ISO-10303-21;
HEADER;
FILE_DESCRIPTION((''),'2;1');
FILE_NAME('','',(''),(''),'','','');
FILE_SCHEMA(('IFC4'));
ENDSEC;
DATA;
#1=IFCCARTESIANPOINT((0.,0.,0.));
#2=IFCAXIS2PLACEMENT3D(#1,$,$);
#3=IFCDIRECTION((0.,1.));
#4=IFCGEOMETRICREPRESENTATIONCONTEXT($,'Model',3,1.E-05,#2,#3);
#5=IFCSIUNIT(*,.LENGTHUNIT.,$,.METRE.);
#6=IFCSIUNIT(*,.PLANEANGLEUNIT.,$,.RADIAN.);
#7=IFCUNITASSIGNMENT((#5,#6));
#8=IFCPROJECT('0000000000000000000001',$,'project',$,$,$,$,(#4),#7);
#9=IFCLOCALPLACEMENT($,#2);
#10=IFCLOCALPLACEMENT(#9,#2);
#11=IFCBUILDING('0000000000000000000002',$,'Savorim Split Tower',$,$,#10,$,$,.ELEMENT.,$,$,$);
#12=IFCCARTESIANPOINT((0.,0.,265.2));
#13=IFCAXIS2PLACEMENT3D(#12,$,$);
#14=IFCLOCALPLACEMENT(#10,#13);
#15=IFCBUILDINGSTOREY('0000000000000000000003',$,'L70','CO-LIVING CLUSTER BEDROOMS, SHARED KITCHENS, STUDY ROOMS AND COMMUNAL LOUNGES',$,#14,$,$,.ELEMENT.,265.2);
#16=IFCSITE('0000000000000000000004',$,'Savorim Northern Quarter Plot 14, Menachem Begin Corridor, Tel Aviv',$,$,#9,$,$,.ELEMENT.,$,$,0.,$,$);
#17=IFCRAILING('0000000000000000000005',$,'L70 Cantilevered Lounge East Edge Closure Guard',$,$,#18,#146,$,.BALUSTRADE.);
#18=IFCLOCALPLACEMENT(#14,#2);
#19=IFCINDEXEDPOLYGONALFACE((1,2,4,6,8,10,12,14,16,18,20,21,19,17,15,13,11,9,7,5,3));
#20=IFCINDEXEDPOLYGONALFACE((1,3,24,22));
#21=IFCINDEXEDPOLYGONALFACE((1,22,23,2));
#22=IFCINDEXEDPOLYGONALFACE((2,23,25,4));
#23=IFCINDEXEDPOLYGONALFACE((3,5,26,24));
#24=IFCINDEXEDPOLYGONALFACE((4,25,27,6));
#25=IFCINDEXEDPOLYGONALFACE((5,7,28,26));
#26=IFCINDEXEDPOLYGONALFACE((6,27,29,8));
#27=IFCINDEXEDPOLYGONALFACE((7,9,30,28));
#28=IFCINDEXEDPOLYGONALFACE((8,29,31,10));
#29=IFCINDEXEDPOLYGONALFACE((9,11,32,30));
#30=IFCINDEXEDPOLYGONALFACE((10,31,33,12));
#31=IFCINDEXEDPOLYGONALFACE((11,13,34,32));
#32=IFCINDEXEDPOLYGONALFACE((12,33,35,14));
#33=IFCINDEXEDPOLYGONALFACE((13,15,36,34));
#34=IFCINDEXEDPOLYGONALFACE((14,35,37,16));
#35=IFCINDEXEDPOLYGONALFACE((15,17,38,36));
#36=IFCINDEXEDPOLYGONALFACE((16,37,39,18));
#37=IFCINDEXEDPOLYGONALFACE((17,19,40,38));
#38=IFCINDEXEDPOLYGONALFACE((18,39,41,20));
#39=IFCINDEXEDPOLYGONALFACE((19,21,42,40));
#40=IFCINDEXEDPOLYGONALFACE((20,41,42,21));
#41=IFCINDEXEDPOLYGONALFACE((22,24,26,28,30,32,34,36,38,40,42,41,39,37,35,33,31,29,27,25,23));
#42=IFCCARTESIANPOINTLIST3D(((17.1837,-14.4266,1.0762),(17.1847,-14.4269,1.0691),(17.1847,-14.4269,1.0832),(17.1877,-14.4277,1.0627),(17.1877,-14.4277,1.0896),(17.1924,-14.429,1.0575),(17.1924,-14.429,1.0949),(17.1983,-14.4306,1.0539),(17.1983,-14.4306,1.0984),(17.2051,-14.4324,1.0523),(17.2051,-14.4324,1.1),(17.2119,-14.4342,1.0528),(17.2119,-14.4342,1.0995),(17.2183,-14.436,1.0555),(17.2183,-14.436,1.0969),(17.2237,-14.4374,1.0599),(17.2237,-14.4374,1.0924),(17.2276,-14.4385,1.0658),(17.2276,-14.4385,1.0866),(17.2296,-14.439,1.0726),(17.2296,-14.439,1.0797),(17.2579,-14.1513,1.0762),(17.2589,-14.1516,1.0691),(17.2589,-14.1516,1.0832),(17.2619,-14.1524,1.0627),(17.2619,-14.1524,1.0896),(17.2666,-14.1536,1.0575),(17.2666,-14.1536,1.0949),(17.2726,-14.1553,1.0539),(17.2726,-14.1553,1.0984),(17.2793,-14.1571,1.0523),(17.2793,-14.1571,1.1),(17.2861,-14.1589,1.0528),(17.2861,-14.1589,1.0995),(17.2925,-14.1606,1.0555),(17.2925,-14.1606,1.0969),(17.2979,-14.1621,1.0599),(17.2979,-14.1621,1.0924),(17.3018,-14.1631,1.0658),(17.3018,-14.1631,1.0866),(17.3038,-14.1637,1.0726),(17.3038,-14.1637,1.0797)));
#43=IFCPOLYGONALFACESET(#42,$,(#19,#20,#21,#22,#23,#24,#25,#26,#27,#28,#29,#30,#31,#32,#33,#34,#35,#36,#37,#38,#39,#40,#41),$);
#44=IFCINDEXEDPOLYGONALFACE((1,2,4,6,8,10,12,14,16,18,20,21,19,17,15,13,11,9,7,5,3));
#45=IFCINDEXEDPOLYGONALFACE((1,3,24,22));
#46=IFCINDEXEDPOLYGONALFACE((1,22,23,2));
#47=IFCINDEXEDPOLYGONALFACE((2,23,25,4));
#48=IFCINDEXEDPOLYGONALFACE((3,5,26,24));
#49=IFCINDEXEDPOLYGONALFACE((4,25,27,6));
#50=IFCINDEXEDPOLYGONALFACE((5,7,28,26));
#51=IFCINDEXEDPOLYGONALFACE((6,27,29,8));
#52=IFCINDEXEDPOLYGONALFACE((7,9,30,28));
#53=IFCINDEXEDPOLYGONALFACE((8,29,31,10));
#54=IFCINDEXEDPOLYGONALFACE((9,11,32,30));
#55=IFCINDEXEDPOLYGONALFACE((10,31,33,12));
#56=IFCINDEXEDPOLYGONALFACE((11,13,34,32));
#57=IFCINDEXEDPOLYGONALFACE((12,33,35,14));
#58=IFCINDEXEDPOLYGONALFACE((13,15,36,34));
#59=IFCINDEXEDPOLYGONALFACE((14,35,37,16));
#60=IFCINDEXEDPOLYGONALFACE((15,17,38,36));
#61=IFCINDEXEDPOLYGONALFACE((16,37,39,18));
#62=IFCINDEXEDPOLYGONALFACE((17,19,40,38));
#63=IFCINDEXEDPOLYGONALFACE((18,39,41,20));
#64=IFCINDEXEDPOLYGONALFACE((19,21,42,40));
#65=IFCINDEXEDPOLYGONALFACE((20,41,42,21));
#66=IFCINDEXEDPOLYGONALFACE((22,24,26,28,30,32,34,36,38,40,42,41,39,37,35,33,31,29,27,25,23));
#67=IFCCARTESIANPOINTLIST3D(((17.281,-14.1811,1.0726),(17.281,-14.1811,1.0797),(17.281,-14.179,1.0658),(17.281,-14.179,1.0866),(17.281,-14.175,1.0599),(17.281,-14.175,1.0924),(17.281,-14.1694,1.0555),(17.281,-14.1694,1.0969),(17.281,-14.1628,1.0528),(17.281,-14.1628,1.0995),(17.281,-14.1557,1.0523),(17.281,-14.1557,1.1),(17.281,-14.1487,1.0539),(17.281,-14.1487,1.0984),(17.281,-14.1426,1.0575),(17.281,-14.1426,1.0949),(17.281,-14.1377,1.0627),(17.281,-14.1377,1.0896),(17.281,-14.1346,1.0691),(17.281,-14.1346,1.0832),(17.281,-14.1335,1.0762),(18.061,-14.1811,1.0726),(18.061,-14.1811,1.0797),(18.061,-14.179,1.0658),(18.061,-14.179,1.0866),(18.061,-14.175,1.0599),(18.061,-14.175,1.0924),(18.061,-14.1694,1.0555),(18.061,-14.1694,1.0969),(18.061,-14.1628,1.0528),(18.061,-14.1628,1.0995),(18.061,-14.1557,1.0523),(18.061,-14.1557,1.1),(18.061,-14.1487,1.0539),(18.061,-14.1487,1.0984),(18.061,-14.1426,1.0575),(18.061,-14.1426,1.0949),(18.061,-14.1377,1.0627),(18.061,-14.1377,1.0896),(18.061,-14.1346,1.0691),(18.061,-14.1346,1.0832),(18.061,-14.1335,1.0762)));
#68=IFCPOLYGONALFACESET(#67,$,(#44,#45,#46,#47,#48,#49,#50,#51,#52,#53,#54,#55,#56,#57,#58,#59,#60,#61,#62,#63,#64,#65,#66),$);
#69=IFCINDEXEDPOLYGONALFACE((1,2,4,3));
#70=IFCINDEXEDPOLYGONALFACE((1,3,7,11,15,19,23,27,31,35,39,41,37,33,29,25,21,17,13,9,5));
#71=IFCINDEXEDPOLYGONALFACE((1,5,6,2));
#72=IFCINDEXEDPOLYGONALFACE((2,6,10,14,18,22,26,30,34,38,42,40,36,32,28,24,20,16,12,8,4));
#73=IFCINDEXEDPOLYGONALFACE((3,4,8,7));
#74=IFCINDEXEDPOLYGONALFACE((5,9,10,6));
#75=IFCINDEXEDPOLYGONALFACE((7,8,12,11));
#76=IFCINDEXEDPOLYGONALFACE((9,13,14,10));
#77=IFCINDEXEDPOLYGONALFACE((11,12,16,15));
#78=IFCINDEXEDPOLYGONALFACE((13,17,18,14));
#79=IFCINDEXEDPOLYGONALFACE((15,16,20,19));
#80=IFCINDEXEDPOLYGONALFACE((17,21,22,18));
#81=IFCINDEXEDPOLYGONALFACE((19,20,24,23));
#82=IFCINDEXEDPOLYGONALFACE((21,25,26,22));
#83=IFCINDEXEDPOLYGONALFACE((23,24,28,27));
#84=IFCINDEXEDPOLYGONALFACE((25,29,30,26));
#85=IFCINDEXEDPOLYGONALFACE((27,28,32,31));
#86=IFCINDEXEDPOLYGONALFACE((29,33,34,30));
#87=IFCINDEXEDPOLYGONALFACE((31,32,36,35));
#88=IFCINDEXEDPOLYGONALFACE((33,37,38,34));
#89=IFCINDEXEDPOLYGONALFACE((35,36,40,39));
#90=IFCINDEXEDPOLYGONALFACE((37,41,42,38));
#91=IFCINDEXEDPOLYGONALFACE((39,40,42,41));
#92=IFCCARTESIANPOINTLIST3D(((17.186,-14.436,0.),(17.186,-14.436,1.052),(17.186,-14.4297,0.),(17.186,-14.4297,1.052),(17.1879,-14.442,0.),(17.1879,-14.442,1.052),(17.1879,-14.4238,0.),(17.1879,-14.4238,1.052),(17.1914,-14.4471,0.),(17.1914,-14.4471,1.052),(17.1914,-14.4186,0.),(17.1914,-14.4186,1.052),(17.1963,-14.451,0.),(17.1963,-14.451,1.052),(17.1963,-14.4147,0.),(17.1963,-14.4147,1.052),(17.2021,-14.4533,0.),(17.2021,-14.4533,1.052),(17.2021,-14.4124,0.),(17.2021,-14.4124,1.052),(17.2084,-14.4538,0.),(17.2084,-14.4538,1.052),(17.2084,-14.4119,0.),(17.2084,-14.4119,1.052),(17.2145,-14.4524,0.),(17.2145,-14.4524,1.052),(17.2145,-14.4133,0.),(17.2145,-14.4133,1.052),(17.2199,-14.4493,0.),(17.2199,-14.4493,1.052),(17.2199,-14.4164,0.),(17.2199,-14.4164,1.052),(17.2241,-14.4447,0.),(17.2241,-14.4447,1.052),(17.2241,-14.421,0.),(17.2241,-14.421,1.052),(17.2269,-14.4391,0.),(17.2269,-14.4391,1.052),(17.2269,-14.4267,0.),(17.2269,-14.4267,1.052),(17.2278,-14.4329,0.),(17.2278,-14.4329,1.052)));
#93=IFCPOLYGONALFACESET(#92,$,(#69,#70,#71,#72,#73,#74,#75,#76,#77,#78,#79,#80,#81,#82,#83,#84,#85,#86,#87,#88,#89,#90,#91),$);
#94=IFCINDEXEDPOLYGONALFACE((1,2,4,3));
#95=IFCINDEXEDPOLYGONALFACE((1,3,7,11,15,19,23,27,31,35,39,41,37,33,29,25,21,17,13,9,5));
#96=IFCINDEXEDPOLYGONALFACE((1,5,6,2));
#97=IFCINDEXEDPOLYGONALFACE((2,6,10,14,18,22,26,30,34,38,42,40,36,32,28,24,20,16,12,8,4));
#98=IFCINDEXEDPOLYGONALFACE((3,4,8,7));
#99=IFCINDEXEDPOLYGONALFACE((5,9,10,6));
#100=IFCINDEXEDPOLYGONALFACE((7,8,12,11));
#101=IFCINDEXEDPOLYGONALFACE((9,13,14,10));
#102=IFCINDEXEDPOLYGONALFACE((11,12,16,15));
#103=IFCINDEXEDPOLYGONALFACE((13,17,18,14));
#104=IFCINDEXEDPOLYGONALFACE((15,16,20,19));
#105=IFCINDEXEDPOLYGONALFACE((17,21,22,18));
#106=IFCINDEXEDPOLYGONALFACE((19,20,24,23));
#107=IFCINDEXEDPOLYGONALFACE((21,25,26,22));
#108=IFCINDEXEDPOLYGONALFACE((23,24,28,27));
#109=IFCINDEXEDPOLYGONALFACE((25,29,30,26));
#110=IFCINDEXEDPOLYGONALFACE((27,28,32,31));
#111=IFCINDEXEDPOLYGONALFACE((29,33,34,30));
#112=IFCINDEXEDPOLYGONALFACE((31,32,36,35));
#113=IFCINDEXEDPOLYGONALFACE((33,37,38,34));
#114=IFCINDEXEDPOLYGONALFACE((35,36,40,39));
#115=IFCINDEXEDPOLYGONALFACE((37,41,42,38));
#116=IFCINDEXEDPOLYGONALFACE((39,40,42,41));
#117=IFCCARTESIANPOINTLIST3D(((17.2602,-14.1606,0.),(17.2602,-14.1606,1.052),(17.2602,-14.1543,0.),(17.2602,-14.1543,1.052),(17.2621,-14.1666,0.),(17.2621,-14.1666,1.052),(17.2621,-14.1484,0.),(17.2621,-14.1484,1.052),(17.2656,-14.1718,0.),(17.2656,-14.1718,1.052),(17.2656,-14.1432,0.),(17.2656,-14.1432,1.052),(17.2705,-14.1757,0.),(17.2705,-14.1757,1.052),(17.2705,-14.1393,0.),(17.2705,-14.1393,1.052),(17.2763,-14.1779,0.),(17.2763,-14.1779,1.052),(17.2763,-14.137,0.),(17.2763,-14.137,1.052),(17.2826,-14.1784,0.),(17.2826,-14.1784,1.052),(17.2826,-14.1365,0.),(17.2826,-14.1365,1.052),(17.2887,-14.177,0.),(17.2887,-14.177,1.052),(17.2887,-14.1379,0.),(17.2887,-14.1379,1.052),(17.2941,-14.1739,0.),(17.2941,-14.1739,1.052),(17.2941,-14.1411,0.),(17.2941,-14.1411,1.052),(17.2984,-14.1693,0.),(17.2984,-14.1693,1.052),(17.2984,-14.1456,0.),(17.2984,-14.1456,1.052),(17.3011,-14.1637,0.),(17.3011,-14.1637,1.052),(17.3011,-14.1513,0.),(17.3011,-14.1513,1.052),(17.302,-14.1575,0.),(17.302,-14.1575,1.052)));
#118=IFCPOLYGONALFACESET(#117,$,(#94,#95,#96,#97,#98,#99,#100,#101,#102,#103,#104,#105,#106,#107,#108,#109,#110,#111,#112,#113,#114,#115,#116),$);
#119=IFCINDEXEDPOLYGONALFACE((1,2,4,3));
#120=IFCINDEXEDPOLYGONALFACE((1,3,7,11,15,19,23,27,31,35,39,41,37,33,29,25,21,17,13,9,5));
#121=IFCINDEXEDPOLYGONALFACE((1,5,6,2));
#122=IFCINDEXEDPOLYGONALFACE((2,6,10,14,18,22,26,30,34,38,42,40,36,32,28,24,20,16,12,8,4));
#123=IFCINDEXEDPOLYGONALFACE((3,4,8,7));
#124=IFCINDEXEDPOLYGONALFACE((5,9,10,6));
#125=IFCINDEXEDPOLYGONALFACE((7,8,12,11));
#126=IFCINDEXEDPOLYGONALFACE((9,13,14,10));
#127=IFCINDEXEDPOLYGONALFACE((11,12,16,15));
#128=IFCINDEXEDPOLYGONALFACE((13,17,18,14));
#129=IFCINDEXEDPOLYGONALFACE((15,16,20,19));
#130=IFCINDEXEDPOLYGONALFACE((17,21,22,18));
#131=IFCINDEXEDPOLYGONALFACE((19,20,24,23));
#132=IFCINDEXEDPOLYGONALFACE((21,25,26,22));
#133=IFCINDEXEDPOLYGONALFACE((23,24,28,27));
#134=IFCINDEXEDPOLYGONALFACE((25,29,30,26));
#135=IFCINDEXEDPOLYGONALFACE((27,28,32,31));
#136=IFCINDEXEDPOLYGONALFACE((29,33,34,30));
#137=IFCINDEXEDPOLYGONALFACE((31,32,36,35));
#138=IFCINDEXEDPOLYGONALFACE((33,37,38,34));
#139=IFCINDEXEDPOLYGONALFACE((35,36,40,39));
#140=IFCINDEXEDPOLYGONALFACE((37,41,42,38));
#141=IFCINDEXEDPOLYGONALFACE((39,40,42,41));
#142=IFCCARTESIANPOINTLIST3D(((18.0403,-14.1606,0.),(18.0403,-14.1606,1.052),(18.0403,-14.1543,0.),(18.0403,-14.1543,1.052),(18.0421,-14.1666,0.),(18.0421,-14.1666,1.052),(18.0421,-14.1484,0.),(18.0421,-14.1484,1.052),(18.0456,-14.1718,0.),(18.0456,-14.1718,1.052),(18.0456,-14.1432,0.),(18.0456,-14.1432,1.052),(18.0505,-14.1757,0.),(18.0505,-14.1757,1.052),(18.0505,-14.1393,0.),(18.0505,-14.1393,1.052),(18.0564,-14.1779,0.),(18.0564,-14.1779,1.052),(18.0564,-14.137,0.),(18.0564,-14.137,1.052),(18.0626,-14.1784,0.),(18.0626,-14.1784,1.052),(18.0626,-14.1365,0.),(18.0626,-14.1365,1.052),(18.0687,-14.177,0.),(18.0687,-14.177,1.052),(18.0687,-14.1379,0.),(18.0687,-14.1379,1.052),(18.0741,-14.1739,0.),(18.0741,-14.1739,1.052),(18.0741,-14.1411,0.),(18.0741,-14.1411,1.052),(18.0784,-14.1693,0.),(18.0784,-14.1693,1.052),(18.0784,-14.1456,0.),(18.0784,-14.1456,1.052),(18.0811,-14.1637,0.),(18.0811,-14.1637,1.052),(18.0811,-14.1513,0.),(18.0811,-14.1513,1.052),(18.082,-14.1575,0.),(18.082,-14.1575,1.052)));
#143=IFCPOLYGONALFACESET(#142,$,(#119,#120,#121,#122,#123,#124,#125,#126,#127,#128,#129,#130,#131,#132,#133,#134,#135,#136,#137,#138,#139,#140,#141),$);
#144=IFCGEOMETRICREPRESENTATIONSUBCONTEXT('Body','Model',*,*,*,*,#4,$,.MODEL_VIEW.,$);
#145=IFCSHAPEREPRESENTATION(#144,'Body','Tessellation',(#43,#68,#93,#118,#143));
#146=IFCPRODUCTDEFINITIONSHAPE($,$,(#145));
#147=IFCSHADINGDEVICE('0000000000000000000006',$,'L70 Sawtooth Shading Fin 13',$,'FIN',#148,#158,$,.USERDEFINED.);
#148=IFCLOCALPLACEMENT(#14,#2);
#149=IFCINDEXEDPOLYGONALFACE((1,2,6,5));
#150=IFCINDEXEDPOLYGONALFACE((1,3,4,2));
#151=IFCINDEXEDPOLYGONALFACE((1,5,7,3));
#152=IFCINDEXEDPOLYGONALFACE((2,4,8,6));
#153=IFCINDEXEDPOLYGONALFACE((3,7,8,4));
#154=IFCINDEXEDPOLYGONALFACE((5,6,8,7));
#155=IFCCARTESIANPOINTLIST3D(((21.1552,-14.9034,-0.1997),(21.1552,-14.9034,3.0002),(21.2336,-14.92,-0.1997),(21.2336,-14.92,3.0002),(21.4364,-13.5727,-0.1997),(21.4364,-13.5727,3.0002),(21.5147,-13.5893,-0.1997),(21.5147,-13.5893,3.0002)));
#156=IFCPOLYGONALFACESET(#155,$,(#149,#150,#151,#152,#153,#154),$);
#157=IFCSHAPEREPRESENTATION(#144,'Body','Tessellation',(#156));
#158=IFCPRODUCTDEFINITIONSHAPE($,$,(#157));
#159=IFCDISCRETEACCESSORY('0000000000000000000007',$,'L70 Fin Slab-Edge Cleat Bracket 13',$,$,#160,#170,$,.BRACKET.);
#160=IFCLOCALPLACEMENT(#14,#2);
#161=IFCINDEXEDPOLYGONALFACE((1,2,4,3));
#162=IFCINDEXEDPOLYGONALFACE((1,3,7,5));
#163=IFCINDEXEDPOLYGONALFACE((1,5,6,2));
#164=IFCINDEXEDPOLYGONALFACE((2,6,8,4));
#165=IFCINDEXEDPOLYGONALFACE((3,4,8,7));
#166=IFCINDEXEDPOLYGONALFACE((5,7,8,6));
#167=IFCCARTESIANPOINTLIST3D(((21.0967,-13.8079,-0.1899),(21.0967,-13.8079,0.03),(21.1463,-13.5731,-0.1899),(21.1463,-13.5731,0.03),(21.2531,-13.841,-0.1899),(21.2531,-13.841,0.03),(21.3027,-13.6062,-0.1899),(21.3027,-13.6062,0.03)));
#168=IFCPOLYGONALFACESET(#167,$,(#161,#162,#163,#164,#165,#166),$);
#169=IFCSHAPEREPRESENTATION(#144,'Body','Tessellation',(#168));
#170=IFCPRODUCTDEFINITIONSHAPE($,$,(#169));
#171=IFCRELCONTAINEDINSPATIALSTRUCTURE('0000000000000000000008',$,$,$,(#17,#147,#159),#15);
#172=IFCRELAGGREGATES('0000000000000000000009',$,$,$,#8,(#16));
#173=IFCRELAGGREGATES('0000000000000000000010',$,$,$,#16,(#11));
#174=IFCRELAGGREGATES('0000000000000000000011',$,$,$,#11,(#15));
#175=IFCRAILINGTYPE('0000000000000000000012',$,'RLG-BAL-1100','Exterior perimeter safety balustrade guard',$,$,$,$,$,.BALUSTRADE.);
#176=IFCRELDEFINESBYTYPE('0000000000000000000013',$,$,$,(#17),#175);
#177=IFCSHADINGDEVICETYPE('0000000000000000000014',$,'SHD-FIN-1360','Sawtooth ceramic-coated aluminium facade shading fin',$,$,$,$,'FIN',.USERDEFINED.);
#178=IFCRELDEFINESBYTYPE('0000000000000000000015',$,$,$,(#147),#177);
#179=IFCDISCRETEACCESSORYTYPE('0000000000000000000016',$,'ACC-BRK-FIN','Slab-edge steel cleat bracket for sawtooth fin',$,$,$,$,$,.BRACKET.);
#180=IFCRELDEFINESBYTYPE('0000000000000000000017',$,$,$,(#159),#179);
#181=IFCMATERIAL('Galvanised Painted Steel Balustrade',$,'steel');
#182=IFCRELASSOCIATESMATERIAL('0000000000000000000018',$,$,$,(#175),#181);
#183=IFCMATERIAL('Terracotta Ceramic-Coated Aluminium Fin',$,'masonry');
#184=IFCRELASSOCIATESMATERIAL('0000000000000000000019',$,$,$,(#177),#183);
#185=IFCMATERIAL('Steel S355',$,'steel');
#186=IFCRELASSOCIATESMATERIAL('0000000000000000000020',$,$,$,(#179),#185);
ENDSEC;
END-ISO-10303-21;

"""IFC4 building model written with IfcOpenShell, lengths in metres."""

from ifc_helpers import new_model, si_unit, direction, frame, origin, origin_2d, place, context, subcontext, project, spatial, rectangle, circle, extrude, material, type_object, element, save


model = new_model("IFC4")

# Units and contexts
model_context = context("Model", 3, precision=1e-05, world=origin(), true_north=direction((0.0, 1.0)))
body_context = subcontext(model_context, "Body", "Model", "MODEL_VIEW")
ifc_project = project(units=[si_unit("LENGTHUNIT", "METRE"), si_unit("PLANEANGLEUNIT", "RADIAN")], contexts=[model_context])

# Site, building, storey
site_placement = place(None, origin())
site = spatial("IfcSite", under=ifc_project, at=site_placement, Name="Savorim Northern Quarter Plot 14, Menachem Begin Corridor, Tel Aviv", CompositionType="ELEMENT", RefElevation=0.0)
building_placement = place(site_placement, origin())
building = spatial("IfcBuilding", under=site, at=building_placement, Name="Savorim Split Tower", CompositionType="ELEMENT")
storey_placement = place(building_placement, frame((0.0, 0.0, 265.2)))
storey = spatial("IfcBuildingStorey", under=building, at=storey_placement, Name="L70", Description="CO-LIVING CLUSTER BEDROOMS, SHARED KITCHENS, STUDY ROOMS AND COMMUNAL LOUNGES", CompositionType="ELEMENT", Elevation=265.2)

# Shared definitions
ifc_material_1 = material(Name="Steel S355", Category="steel")

# Railing
ifc_material_2 = material(Name="Galvanised Painted Steel Balustrade", Category="steel")
railing_type = type_object("IfcRailingType", Name="RLG-BAL-1100", Description="Exterior perimeter safety balustrade guard", PredefinedType="BALUSTRADE", material=ifc_material_2)
railing_placement = place(storey_placement, frame((17.2068, -14.4329, 0.0)))
element("IfcRailing", 1, at=railing_placement, inside=storey, type_object=railing_type, Name="L70 Cantilevered Lounge East Edge Closure Guard", PredefinedType="BALUSTRADE", context=body_context, shape_type="SweptSolid", body=[
    extrude(circle(Radius=0.0239, at=origin_2d()), frame((0.0, 0.0, 1.0762), z_axis=(0.260219, 0.96555, 0.0), x_axis=(-0.96555, 0.260219, 0.0)), (0.0, 0.0, 1.0), 0.2852),
    extrude(circle(Radius=0.0239, at=origin_2d()), frame((0.0742, 0.2754, 1.0762), z_axis=(1.0, 0.0, 0.0), x_axis=(0.0, 1.0, 0.0)), (0.0, 0.0, 1.0), 0.78),
    extrude(circle(Radius=0.021, at=origin_2d()), origin(), (0.0, 0.0, 1.0), 1.052),
    extrude(circle(Radius=0.021, at=origin_2d()), frame((0.0742, 0.2754, 0.0)), (0.0, 0.0, 1.0), 1.052),
    extrude(circle(Radius=0.021, at=origin_2d()), frame((0.8542, 0.2754, 0.0)), (0.0, 0.0, 1.0), 1.052),
])

# Shading device
ifc_material_3 = material(Name="Terracotta Ceramic-Coated Aluminium Fin", Category="masonry")
shading_device_type = type_object("IfcShadingDeviceType", Name="SHD-FIN-1360", Description="Sawtooth ceramic-coated aluminium facade shading fin", ElementType="FIN", PredefinedType="USERDEFINED", material=ifc_material_3)
shading_device_placement = place(storey_placement, frame((21.335, -14.2463, -0.1997), z_axis=(0.0, 0.0, 1.0), x_axis=(-0.206722, -0.9784, 0.0)))
element("IfcShadingDevice", 2, at=shading_device_placement, inside=storey, type_object=shading_device_type, Name="L70 Sawtooth Shading Fin 13", ObjectType="FIN", PredefinedType="USERDEFINED", context=body_context, shape_type="SweptSolid", body=[
    extrude(rectangle(XDim=1.3601, YDim=0.0801, at=origin_2d()), origin(), (0.0, 0.0, 1.0), 3.2),
])

# Discrete accessory
discrete_accessory_type = type_object("IfcDiscreteAccessoryType", Name="ACC-BRK-FIN", Description="Slab-edge steel cleat bracket for sawtooth fin", PredefinedType="BRACKET", material=ifc_material_1)
discrete_accessory_placement = place(storey_placement, frame((21.1997, -13.707, -0.1899), z_axis=(0.0, 0.0, 1.0), x_axis=(-0.206722, -0.9784, 0.0)))
element("IfcDiscreteAccessory", 3, at=discrete_accessory_placement, inside=storey, type_object=discrete_accessory_type, Name="L70 Fin Slab-Edge Cleat Bracket 13", PredefinedType="BRACKET", context=body_context, shape_type="SweptSolid", body=[
    extrude(rectangle(XDim=0.24, YDim=0.1599, at=origin_2d()), origin(), (0.0, 0.0, 1.0), 0.22),
])

save(model, "model.ifc")
